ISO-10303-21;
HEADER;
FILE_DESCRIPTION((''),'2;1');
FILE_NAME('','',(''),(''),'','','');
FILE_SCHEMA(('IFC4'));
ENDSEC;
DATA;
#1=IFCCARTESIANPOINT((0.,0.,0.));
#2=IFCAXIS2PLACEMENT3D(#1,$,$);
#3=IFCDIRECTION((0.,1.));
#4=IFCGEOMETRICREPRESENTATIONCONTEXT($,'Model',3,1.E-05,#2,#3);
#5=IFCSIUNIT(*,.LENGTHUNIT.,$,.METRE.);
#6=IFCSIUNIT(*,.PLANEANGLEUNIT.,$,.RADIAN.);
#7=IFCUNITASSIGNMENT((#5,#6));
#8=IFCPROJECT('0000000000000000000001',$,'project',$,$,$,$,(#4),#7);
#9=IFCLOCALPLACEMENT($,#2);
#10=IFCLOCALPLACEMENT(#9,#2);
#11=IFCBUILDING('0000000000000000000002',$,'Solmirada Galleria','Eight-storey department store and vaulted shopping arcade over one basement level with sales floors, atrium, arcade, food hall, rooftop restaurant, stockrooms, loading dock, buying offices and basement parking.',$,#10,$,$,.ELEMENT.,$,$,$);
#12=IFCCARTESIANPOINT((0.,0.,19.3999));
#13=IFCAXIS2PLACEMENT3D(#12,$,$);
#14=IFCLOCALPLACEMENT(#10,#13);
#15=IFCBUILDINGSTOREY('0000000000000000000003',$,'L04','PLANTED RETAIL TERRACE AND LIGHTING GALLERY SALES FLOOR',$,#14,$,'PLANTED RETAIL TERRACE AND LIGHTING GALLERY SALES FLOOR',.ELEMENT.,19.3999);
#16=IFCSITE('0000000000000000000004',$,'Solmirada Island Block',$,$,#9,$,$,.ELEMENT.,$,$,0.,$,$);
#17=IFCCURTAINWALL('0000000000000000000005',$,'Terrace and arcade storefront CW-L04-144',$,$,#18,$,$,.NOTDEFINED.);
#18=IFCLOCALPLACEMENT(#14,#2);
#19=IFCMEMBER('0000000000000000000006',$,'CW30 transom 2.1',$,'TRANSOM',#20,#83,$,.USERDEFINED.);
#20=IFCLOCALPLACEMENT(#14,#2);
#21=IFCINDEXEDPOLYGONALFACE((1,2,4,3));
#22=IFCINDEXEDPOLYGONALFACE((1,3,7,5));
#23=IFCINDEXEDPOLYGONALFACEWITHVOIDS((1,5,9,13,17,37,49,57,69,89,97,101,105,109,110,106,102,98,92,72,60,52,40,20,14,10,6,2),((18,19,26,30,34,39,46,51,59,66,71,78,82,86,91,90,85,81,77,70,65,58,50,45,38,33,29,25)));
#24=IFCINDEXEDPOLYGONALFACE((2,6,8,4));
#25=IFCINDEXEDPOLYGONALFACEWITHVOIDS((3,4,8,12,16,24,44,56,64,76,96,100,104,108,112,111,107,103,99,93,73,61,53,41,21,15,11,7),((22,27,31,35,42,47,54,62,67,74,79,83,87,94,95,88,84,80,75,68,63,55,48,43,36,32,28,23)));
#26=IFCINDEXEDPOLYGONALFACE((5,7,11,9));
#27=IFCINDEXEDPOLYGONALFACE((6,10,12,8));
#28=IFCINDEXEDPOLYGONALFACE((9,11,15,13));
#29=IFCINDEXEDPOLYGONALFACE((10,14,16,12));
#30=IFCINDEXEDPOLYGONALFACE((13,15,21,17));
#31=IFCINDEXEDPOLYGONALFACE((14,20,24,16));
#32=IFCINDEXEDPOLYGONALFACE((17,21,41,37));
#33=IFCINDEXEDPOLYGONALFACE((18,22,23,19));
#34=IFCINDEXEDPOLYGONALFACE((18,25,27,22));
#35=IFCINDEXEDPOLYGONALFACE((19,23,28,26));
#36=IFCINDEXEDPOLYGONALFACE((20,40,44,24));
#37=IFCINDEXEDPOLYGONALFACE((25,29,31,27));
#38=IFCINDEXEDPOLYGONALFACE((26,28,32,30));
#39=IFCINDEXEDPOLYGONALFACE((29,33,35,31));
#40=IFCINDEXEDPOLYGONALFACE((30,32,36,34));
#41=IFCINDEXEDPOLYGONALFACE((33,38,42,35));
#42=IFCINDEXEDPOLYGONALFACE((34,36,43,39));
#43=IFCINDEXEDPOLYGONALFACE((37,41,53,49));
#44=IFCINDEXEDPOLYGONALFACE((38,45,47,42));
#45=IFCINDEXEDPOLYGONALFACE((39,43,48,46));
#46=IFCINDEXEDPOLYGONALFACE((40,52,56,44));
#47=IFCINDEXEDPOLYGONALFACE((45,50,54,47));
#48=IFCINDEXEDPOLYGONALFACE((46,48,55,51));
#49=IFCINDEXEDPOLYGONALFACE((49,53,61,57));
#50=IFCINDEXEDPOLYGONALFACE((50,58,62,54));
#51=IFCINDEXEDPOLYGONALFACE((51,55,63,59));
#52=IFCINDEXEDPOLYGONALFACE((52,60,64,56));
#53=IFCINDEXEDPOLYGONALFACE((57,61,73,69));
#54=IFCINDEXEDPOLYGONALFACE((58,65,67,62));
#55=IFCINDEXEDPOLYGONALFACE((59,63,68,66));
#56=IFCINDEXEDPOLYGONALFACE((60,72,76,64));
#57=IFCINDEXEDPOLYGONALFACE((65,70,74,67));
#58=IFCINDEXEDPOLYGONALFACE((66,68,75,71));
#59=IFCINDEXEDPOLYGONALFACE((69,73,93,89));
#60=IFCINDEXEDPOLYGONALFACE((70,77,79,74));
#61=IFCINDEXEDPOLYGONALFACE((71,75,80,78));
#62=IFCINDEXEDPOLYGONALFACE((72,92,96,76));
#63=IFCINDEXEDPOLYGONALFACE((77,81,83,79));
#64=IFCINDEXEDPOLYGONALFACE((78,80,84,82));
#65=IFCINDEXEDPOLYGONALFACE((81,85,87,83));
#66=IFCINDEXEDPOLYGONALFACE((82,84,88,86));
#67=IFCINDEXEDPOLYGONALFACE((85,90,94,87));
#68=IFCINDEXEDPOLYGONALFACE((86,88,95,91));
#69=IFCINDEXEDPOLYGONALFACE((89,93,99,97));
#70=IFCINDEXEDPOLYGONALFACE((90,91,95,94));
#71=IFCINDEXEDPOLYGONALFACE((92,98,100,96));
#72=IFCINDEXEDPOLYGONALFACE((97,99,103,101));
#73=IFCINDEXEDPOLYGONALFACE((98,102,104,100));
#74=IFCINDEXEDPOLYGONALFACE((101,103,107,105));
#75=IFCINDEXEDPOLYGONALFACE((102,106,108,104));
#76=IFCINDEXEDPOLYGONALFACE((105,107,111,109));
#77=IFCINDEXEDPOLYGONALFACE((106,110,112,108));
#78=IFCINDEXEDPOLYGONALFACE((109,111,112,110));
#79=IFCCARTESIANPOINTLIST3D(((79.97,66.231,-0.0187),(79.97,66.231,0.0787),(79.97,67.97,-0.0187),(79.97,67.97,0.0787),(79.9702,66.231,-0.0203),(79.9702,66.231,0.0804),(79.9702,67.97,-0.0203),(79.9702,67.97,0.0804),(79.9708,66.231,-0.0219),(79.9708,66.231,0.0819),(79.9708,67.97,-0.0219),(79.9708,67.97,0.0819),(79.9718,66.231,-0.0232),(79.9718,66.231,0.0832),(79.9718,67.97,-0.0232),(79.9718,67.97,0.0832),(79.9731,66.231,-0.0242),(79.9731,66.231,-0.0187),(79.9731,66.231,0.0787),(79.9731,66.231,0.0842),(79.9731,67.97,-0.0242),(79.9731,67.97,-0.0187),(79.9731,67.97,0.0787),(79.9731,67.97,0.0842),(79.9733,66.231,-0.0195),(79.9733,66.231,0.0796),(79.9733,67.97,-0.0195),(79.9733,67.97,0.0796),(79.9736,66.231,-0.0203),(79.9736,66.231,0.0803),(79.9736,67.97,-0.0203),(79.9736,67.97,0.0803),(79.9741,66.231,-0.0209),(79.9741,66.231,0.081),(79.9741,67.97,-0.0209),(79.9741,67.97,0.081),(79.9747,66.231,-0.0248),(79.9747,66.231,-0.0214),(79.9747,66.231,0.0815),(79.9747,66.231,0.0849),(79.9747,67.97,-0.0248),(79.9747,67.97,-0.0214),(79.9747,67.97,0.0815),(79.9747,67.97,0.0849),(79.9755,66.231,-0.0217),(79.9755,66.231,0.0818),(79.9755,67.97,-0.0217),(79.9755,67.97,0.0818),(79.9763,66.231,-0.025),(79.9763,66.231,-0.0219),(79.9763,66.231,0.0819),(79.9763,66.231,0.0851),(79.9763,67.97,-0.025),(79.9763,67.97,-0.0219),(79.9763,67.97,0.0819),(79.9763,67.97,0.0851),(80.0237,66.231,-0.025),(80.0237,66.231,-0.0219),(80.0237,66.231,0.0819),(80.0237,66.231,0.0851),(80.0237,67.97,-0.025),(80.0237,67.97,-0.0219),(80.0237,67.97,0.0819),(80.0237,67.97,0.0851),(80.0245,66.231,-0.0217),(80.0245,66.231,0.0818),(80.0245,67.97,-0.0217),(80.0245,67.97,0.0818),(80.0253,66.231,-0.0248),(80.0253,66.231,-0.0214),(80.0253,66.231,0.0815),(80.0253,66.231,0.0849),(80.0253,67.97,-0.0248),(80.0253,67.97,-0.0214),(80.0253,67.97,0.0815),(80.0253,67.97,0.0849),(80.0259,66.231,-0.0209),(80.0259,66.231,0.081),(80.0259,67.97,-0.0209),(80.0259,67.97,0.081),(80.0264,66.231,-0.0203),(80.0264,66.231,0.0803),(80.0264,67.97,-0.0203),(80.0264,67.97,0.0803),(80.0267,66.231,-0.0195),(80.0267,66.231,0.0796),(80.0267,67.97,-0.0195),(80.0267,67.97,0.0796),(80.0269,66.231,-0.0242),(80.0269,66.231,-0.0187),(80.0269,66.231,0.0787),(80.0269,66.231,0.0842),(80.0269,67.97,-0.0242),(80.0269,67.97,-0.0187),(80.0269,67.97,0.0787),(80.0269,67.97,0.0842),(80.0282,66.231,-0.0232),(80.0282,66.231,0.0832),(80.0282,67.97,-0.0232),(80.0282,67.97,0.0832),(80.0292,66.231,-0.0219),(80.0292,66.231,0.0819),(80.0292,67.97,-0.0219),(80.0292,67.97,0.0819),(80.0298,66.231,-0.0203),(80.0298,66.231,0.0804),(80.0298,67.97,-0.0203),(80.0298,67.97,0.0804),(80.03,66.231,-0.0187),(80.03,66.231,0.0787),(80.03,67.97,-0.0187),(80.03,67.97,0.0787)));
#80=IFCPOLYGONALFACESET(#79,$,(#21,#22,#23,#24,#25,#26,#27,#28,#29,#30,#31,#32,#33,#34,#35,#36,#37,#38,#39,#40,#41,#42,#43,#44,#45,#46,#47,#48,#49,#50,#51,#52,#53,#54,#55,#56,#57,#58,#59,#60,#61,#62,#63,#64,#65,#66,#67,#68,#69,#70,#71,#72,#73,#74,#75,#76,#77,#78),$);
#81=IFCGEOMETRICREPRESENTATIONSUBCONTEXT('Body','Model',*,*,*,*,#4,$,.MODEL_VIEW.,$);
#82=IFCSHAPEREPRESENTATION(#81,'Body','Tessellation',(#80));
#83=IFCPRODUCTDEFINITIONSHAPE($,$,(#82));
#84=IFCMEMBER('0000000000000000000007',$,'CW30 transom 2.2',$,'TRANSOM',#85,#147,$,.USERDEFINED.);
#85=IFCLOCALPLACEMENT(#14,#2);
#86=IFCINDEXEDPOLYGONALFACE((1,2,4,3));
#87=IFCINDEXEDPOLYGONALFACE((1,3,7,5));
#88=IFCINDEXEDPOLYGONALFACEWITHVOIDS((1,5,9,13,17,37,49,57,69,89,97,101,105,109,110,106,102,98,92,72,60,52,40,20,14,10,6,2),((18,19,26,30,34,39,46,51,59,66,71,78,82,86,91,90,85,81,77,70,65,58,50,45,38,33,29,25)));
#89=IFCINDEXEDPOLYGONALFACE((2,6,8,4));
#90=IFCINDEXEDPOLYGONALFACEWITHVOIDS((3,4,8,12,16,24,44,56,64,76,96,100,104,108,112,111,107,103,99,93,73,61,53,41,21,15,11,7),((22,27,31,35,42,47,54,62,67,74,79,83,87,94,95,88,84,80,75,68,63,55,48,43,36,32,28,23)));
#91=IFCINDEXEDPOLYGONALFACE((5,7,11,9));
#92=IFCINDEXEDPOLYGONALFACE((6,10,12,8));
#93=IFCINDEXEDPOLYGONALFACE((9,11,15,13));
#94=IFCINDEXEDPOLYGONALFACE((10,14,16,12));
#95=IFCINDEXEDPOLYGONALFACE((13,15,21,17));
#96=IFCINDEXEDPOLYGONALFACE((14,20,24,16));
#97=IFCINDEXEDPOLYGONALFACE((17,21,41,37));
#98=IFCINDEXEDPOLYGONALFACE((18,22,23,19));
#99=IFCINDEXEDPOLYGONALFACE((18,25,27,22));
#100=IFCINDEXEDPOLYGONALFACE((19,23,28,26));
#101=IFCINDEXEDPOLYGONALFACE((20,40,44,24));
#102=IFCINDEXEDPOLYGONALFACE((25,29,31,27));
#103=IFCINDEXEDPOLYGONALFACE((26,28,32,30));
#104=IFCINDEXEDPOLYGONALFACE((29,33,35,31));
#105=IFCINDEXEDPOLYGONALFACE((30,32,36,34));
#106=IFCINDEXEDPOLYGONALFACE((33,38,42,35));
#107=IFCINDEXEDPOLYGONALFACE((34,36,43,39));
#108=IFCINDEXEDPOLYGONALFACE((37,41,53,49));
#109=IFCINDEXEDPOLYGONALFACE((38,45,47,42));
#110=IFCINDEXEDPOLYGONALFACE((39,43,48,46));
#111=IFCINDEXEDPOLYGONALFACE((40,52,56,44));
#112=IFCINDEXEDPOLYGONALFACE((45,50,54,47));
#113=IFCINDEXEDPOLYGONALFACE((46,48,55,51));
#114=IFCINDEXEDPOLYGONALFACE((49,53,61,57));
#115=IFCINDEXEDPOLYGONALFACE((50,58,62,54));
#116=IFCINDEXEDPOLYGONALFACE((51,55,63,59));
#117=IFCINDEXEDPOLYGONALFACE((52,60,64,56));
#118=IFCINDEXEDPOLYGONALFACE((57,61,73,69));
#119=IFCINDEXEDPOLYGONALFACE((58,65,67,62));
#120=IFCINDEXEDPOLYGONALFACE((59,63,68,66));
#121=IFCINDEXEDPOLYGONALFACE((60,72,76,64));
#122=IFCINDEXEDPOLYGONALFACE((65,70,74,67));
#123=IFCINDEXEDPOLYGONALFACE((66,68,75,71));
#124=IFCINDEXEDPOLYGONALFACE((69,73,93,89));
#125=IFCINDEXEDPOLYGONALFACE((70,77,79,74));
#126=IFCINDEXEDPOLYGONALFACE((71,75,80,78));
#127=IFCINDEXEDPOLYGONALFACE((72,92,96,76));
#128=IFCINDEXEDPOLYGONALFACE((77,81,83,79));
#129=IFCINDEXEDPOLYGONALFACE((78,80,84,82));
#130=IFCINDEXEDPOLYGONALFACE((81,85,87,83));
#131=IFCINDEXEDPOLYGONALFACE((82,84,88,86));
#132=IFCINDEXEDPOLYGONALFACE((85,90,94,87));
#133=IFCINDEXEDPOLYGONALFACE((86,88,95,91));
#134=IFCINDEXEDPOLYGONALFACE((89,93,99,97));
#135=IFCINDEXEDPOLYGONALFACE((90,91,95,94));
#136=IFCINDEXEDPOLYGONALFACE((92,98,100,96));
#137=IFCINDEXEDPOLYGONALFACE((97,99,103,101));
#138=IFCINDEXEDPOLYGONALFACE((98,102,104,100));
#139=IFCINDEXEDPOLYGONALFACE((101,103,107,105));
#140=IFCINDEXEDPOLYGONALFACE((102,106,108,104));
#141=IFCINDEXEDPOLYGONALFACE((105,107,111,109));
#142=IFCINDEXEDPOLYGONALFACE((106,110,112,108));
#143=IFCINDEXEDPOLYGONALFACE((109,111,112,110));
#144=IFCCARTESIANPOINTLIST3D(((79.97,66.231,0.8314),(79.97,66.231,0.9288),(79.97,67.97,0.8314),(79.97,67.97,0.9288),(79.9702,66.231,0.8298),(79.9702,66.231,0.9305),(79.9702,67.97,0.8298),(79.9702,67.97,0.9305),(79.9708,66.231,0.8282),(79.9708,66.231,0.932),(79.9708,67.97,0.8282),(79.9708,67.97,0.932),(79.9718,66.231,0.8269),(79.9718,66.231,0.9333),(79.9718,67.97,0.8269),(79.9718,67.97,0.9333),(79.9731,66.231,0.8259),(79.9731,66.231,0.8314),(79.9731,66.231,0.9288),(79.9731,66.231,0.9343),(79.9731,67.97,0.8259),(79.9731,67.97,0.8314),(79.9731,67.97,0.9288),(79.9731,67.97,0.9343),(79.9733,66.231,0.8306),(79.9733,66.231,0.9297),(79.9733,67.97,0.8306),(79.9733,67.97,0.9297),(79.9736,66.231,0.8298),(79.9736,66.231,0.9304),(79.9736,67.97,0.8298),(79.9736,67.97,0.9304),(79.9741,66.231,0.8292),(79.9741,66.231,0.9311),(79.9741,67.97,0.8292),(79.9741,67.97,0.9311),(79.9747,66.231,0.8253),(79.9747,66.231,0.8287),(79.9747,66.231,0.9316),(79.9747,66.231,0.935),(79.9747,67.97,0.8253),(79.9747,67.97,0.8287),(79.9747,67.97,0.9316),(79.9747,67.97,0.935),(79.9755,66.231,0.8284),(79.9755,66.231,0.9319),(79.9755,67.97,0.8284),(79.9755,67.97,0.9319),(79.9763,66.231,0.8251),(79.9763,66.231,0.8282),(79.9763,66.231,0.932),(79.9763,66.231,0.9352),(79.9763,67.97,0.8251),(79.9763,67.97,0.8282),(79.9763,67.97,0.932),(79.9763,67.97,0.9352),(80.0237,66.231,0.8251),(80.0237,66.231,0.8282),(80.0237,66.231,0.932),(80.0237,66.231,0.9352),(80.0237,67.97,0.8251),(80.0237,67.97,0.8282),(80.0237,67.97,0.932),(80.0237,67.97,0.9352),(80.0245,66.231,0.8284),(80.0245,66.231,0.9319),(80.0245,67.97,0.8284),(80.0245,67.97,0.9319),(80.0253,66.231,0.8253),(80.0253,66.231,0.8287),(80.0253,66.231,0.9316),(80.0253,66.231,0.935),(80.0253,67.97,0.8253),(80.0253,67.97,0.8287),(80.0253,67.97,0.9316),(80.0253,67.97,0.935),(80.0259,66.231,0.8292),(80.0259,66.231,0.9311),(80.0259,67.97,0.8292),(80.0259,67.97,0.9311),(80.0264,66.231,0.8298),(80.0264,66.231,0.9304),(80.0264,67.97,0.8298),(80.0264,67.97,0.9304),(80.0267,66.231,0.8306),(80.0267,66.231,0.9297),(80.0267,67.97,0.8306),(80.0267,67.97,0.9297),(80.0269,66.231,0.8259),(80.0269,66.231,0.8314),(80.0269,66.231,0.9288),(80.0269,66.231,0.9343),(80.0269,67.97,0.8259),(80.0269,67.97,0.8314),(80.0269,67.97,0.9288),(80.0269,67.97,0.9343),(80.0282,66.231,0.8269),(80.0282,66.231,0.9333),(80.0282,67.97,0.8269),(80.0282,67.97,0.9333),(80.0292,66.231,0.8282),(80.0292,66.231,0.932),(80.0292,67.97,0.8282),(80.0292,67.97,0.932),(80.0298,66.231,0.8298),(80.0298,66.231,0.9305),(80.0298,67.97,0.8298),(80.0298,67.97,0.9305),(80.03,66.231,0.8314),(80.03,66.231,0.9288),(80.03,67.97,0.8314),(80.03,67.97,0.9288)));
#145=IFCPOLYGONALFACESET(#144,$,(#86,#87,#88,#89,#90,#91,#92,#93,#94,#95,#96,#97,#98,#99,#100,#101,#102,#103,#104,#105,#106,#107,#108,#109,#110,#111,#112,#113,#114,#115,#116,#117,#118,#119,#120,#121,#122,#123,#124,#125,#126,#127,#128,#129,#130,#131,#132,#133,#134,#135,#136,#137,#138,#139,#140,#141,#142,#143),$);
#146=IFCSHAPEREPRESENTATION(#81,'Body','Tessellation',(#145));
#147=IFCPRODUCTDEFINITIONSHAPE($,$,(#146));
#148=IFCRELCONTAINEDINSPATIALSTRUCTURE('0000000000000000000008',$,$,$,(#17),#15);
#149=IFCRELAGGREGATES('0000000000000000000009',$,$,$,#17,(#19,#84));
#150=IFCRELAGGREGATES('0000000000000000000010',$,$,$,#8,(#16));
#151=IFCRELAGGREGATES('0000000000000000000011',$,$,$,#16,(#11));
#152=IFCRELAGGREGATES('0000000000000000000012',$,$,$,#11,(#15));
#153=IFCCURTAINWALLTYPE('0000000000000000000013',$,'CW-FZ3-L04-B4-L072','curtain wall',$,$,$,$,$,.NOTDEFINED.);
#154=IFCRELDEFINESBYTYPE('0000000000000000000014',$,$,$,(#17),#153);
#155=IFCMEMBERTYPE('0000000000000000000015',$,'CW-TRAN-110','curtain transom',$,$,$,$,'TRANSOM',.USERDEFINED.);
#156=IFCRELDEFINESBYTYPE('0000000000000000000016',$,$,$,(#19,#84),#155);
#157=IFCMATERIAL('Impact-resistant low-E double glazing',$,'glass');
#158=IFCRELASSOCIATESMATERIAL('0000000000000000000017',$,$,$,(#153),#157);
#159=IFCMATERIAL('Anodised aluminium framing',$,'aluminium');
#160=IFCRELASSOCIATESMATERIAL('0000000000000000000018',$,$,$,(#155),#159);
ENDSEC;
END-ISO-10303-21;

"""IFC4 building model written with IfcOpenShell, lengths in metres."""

from ifc_helpers import new_model, si_unit, direction, frame, origin, origin_2d, place, context, subcontext, project, spatial, hollow_rectangle, extrude, material, material_profile, profile_set, type_object, element, aggregate, save


model = new_model("IFC4")

# Units and contexts
model_context = context("Model", 3, precision=1e-05, world=origin(), true_north=direction((0.0, 1.0)))
body_context = subcontext(model_context, "Body", "Model", "MODEL_VIEW")
ifc_project = project(units=[si_unit("LENGTHUNIT", "METRE"), si_unit("PLANEANGLEUNIT", "RADIAN")], contexts=[model_context])

# Site, building, storey
site_placement = place(None, origin())
site = spatial("IfcSite", under=ifc_project, at=site_placement, Name="Solmirada Island Block", CompositionType="ELEMENT", RefElevation=0.0)
building_placement = place(site_placement, origin())
building = spatial("IfcBuilding", under=site, at=building_placement, Name="Solmirada Galleria", Description="Eight-storey department store and vaulted shopping arcade over one basement level with sales floors, atrium, arcade, food hall, rooftop restaurant, stockrooms, loading dock, buying offices and basement parking.", CompositionType="ELEMENT")
storey_placement = place(building_placement, frame((0.0, 0.0, 19.3999)))
storey = spatial("IfcBuildingStorey", under=building, at=storey_placement, Name="L04", Description="PLANTED RETAIL TERRACE AND LIGHTING GALLERY SALES FLOOR", LongName="PLANTED RETAIL TERRACE AND LIGHTING GALLERY SALES FLOOR", CompositionType="ELEMENT", Elevation=19.3999)

# Shared definitions
ifc_material_1 = material(Name="Impact-resistant low-E double glazing", Category="glass")
curtain_wall_type = type_object("IfcCurtainWallType", Name="CW-FZ3-L04-B4-L072", Description="curtain wall", PredefinedType="NOTDEFINED", material=ifc_material_1)
ifc_material_2 = material(Name="Anodised aluminium framing", Category="aluminium")

# Curtain wall
curtain_wall_1_placement = place(storey_placement, origin())
curtain_wall_1 = element("IfcCurtainWall", 1, at=curtain_wall_1_placement, inside=storey, type_object=curtain_wall_type, Name="Terrace and arcade storefront CW-L04-144", PredefinedType="NOTDEFINED")

# Members
ifc_material_profile_1 = material_profile(ifc_material_2, hollow_rectangle(XDim=0.0601, YDim=0.1101, WallThickness=0.0032, InnerFilletRadius=0.0032, OuterFilletRadius=0.0063, at=origin_2d()), Name="ALU-TRAN-110X60")
ifc_profile_set_1 = profile_set([ifc_material_profile_1], Name="Anodised aluminium framing")
member_type_1 = type_object("IfcMemberType", Name="CW-TRAN-110", Description="curtain transom", ElementType="TRANSOM", PredefinedType="USERDEFINED", material=ifc_profile_set_1)
member_1_placement = place(storey_placement, frame((80.0, 66.231, 0.03), z_axis=(0.0, 1.0, 0.0), x_axis=(-1.0, 0.0, 0.0)))
member_1 = element("IfcMember", 2, at=member_1_placement, type_object=member_type_1, Name="CW30 transom 2.1", ObjectType="TRANSOM", PredefinedType="USERDEFINED", context=body_context, shape_type="SweptSolid", body=[
    extrude(hollow_rectangle(XDim=0.0601, YDim=0.1101, WallThickness=0.0032, InnerFilletRadius=0.0032, OuterFilletRadius=0.0063, at=origin_2d()), origin(), (0.0, 0.0, 1.0), 1.739),
])
member_2_placement = place(storey_placement, frame((80.0, 66.231, 0.8801), z_axis=(0.0, 1.0, 0.0), x_axis=(-1.0, 0.0, 0.0)))
member_2 = element("IfcMember", 3, at=member_2_placement, type_object=member_type_1, Name="CW30 transom 2.2", ObjectType="TRANSOM", PredefinedType="USERDEFINED", context=body_context, shape_type="SweptSolid", body=[
    extrude(hollow_rectangle(XDim=0.0601, YDim=0.1101, WallThickness=0.0032, InnerFilletRadius=0.0032, OuterFilletRadius=0.0063, at=origin_2d()), origin(), (0.0, 0.0, 1.0), 1.739),
])

aggregate(curtain_wall_1, [member_1, member_2])

save(model, "model.ifc")
